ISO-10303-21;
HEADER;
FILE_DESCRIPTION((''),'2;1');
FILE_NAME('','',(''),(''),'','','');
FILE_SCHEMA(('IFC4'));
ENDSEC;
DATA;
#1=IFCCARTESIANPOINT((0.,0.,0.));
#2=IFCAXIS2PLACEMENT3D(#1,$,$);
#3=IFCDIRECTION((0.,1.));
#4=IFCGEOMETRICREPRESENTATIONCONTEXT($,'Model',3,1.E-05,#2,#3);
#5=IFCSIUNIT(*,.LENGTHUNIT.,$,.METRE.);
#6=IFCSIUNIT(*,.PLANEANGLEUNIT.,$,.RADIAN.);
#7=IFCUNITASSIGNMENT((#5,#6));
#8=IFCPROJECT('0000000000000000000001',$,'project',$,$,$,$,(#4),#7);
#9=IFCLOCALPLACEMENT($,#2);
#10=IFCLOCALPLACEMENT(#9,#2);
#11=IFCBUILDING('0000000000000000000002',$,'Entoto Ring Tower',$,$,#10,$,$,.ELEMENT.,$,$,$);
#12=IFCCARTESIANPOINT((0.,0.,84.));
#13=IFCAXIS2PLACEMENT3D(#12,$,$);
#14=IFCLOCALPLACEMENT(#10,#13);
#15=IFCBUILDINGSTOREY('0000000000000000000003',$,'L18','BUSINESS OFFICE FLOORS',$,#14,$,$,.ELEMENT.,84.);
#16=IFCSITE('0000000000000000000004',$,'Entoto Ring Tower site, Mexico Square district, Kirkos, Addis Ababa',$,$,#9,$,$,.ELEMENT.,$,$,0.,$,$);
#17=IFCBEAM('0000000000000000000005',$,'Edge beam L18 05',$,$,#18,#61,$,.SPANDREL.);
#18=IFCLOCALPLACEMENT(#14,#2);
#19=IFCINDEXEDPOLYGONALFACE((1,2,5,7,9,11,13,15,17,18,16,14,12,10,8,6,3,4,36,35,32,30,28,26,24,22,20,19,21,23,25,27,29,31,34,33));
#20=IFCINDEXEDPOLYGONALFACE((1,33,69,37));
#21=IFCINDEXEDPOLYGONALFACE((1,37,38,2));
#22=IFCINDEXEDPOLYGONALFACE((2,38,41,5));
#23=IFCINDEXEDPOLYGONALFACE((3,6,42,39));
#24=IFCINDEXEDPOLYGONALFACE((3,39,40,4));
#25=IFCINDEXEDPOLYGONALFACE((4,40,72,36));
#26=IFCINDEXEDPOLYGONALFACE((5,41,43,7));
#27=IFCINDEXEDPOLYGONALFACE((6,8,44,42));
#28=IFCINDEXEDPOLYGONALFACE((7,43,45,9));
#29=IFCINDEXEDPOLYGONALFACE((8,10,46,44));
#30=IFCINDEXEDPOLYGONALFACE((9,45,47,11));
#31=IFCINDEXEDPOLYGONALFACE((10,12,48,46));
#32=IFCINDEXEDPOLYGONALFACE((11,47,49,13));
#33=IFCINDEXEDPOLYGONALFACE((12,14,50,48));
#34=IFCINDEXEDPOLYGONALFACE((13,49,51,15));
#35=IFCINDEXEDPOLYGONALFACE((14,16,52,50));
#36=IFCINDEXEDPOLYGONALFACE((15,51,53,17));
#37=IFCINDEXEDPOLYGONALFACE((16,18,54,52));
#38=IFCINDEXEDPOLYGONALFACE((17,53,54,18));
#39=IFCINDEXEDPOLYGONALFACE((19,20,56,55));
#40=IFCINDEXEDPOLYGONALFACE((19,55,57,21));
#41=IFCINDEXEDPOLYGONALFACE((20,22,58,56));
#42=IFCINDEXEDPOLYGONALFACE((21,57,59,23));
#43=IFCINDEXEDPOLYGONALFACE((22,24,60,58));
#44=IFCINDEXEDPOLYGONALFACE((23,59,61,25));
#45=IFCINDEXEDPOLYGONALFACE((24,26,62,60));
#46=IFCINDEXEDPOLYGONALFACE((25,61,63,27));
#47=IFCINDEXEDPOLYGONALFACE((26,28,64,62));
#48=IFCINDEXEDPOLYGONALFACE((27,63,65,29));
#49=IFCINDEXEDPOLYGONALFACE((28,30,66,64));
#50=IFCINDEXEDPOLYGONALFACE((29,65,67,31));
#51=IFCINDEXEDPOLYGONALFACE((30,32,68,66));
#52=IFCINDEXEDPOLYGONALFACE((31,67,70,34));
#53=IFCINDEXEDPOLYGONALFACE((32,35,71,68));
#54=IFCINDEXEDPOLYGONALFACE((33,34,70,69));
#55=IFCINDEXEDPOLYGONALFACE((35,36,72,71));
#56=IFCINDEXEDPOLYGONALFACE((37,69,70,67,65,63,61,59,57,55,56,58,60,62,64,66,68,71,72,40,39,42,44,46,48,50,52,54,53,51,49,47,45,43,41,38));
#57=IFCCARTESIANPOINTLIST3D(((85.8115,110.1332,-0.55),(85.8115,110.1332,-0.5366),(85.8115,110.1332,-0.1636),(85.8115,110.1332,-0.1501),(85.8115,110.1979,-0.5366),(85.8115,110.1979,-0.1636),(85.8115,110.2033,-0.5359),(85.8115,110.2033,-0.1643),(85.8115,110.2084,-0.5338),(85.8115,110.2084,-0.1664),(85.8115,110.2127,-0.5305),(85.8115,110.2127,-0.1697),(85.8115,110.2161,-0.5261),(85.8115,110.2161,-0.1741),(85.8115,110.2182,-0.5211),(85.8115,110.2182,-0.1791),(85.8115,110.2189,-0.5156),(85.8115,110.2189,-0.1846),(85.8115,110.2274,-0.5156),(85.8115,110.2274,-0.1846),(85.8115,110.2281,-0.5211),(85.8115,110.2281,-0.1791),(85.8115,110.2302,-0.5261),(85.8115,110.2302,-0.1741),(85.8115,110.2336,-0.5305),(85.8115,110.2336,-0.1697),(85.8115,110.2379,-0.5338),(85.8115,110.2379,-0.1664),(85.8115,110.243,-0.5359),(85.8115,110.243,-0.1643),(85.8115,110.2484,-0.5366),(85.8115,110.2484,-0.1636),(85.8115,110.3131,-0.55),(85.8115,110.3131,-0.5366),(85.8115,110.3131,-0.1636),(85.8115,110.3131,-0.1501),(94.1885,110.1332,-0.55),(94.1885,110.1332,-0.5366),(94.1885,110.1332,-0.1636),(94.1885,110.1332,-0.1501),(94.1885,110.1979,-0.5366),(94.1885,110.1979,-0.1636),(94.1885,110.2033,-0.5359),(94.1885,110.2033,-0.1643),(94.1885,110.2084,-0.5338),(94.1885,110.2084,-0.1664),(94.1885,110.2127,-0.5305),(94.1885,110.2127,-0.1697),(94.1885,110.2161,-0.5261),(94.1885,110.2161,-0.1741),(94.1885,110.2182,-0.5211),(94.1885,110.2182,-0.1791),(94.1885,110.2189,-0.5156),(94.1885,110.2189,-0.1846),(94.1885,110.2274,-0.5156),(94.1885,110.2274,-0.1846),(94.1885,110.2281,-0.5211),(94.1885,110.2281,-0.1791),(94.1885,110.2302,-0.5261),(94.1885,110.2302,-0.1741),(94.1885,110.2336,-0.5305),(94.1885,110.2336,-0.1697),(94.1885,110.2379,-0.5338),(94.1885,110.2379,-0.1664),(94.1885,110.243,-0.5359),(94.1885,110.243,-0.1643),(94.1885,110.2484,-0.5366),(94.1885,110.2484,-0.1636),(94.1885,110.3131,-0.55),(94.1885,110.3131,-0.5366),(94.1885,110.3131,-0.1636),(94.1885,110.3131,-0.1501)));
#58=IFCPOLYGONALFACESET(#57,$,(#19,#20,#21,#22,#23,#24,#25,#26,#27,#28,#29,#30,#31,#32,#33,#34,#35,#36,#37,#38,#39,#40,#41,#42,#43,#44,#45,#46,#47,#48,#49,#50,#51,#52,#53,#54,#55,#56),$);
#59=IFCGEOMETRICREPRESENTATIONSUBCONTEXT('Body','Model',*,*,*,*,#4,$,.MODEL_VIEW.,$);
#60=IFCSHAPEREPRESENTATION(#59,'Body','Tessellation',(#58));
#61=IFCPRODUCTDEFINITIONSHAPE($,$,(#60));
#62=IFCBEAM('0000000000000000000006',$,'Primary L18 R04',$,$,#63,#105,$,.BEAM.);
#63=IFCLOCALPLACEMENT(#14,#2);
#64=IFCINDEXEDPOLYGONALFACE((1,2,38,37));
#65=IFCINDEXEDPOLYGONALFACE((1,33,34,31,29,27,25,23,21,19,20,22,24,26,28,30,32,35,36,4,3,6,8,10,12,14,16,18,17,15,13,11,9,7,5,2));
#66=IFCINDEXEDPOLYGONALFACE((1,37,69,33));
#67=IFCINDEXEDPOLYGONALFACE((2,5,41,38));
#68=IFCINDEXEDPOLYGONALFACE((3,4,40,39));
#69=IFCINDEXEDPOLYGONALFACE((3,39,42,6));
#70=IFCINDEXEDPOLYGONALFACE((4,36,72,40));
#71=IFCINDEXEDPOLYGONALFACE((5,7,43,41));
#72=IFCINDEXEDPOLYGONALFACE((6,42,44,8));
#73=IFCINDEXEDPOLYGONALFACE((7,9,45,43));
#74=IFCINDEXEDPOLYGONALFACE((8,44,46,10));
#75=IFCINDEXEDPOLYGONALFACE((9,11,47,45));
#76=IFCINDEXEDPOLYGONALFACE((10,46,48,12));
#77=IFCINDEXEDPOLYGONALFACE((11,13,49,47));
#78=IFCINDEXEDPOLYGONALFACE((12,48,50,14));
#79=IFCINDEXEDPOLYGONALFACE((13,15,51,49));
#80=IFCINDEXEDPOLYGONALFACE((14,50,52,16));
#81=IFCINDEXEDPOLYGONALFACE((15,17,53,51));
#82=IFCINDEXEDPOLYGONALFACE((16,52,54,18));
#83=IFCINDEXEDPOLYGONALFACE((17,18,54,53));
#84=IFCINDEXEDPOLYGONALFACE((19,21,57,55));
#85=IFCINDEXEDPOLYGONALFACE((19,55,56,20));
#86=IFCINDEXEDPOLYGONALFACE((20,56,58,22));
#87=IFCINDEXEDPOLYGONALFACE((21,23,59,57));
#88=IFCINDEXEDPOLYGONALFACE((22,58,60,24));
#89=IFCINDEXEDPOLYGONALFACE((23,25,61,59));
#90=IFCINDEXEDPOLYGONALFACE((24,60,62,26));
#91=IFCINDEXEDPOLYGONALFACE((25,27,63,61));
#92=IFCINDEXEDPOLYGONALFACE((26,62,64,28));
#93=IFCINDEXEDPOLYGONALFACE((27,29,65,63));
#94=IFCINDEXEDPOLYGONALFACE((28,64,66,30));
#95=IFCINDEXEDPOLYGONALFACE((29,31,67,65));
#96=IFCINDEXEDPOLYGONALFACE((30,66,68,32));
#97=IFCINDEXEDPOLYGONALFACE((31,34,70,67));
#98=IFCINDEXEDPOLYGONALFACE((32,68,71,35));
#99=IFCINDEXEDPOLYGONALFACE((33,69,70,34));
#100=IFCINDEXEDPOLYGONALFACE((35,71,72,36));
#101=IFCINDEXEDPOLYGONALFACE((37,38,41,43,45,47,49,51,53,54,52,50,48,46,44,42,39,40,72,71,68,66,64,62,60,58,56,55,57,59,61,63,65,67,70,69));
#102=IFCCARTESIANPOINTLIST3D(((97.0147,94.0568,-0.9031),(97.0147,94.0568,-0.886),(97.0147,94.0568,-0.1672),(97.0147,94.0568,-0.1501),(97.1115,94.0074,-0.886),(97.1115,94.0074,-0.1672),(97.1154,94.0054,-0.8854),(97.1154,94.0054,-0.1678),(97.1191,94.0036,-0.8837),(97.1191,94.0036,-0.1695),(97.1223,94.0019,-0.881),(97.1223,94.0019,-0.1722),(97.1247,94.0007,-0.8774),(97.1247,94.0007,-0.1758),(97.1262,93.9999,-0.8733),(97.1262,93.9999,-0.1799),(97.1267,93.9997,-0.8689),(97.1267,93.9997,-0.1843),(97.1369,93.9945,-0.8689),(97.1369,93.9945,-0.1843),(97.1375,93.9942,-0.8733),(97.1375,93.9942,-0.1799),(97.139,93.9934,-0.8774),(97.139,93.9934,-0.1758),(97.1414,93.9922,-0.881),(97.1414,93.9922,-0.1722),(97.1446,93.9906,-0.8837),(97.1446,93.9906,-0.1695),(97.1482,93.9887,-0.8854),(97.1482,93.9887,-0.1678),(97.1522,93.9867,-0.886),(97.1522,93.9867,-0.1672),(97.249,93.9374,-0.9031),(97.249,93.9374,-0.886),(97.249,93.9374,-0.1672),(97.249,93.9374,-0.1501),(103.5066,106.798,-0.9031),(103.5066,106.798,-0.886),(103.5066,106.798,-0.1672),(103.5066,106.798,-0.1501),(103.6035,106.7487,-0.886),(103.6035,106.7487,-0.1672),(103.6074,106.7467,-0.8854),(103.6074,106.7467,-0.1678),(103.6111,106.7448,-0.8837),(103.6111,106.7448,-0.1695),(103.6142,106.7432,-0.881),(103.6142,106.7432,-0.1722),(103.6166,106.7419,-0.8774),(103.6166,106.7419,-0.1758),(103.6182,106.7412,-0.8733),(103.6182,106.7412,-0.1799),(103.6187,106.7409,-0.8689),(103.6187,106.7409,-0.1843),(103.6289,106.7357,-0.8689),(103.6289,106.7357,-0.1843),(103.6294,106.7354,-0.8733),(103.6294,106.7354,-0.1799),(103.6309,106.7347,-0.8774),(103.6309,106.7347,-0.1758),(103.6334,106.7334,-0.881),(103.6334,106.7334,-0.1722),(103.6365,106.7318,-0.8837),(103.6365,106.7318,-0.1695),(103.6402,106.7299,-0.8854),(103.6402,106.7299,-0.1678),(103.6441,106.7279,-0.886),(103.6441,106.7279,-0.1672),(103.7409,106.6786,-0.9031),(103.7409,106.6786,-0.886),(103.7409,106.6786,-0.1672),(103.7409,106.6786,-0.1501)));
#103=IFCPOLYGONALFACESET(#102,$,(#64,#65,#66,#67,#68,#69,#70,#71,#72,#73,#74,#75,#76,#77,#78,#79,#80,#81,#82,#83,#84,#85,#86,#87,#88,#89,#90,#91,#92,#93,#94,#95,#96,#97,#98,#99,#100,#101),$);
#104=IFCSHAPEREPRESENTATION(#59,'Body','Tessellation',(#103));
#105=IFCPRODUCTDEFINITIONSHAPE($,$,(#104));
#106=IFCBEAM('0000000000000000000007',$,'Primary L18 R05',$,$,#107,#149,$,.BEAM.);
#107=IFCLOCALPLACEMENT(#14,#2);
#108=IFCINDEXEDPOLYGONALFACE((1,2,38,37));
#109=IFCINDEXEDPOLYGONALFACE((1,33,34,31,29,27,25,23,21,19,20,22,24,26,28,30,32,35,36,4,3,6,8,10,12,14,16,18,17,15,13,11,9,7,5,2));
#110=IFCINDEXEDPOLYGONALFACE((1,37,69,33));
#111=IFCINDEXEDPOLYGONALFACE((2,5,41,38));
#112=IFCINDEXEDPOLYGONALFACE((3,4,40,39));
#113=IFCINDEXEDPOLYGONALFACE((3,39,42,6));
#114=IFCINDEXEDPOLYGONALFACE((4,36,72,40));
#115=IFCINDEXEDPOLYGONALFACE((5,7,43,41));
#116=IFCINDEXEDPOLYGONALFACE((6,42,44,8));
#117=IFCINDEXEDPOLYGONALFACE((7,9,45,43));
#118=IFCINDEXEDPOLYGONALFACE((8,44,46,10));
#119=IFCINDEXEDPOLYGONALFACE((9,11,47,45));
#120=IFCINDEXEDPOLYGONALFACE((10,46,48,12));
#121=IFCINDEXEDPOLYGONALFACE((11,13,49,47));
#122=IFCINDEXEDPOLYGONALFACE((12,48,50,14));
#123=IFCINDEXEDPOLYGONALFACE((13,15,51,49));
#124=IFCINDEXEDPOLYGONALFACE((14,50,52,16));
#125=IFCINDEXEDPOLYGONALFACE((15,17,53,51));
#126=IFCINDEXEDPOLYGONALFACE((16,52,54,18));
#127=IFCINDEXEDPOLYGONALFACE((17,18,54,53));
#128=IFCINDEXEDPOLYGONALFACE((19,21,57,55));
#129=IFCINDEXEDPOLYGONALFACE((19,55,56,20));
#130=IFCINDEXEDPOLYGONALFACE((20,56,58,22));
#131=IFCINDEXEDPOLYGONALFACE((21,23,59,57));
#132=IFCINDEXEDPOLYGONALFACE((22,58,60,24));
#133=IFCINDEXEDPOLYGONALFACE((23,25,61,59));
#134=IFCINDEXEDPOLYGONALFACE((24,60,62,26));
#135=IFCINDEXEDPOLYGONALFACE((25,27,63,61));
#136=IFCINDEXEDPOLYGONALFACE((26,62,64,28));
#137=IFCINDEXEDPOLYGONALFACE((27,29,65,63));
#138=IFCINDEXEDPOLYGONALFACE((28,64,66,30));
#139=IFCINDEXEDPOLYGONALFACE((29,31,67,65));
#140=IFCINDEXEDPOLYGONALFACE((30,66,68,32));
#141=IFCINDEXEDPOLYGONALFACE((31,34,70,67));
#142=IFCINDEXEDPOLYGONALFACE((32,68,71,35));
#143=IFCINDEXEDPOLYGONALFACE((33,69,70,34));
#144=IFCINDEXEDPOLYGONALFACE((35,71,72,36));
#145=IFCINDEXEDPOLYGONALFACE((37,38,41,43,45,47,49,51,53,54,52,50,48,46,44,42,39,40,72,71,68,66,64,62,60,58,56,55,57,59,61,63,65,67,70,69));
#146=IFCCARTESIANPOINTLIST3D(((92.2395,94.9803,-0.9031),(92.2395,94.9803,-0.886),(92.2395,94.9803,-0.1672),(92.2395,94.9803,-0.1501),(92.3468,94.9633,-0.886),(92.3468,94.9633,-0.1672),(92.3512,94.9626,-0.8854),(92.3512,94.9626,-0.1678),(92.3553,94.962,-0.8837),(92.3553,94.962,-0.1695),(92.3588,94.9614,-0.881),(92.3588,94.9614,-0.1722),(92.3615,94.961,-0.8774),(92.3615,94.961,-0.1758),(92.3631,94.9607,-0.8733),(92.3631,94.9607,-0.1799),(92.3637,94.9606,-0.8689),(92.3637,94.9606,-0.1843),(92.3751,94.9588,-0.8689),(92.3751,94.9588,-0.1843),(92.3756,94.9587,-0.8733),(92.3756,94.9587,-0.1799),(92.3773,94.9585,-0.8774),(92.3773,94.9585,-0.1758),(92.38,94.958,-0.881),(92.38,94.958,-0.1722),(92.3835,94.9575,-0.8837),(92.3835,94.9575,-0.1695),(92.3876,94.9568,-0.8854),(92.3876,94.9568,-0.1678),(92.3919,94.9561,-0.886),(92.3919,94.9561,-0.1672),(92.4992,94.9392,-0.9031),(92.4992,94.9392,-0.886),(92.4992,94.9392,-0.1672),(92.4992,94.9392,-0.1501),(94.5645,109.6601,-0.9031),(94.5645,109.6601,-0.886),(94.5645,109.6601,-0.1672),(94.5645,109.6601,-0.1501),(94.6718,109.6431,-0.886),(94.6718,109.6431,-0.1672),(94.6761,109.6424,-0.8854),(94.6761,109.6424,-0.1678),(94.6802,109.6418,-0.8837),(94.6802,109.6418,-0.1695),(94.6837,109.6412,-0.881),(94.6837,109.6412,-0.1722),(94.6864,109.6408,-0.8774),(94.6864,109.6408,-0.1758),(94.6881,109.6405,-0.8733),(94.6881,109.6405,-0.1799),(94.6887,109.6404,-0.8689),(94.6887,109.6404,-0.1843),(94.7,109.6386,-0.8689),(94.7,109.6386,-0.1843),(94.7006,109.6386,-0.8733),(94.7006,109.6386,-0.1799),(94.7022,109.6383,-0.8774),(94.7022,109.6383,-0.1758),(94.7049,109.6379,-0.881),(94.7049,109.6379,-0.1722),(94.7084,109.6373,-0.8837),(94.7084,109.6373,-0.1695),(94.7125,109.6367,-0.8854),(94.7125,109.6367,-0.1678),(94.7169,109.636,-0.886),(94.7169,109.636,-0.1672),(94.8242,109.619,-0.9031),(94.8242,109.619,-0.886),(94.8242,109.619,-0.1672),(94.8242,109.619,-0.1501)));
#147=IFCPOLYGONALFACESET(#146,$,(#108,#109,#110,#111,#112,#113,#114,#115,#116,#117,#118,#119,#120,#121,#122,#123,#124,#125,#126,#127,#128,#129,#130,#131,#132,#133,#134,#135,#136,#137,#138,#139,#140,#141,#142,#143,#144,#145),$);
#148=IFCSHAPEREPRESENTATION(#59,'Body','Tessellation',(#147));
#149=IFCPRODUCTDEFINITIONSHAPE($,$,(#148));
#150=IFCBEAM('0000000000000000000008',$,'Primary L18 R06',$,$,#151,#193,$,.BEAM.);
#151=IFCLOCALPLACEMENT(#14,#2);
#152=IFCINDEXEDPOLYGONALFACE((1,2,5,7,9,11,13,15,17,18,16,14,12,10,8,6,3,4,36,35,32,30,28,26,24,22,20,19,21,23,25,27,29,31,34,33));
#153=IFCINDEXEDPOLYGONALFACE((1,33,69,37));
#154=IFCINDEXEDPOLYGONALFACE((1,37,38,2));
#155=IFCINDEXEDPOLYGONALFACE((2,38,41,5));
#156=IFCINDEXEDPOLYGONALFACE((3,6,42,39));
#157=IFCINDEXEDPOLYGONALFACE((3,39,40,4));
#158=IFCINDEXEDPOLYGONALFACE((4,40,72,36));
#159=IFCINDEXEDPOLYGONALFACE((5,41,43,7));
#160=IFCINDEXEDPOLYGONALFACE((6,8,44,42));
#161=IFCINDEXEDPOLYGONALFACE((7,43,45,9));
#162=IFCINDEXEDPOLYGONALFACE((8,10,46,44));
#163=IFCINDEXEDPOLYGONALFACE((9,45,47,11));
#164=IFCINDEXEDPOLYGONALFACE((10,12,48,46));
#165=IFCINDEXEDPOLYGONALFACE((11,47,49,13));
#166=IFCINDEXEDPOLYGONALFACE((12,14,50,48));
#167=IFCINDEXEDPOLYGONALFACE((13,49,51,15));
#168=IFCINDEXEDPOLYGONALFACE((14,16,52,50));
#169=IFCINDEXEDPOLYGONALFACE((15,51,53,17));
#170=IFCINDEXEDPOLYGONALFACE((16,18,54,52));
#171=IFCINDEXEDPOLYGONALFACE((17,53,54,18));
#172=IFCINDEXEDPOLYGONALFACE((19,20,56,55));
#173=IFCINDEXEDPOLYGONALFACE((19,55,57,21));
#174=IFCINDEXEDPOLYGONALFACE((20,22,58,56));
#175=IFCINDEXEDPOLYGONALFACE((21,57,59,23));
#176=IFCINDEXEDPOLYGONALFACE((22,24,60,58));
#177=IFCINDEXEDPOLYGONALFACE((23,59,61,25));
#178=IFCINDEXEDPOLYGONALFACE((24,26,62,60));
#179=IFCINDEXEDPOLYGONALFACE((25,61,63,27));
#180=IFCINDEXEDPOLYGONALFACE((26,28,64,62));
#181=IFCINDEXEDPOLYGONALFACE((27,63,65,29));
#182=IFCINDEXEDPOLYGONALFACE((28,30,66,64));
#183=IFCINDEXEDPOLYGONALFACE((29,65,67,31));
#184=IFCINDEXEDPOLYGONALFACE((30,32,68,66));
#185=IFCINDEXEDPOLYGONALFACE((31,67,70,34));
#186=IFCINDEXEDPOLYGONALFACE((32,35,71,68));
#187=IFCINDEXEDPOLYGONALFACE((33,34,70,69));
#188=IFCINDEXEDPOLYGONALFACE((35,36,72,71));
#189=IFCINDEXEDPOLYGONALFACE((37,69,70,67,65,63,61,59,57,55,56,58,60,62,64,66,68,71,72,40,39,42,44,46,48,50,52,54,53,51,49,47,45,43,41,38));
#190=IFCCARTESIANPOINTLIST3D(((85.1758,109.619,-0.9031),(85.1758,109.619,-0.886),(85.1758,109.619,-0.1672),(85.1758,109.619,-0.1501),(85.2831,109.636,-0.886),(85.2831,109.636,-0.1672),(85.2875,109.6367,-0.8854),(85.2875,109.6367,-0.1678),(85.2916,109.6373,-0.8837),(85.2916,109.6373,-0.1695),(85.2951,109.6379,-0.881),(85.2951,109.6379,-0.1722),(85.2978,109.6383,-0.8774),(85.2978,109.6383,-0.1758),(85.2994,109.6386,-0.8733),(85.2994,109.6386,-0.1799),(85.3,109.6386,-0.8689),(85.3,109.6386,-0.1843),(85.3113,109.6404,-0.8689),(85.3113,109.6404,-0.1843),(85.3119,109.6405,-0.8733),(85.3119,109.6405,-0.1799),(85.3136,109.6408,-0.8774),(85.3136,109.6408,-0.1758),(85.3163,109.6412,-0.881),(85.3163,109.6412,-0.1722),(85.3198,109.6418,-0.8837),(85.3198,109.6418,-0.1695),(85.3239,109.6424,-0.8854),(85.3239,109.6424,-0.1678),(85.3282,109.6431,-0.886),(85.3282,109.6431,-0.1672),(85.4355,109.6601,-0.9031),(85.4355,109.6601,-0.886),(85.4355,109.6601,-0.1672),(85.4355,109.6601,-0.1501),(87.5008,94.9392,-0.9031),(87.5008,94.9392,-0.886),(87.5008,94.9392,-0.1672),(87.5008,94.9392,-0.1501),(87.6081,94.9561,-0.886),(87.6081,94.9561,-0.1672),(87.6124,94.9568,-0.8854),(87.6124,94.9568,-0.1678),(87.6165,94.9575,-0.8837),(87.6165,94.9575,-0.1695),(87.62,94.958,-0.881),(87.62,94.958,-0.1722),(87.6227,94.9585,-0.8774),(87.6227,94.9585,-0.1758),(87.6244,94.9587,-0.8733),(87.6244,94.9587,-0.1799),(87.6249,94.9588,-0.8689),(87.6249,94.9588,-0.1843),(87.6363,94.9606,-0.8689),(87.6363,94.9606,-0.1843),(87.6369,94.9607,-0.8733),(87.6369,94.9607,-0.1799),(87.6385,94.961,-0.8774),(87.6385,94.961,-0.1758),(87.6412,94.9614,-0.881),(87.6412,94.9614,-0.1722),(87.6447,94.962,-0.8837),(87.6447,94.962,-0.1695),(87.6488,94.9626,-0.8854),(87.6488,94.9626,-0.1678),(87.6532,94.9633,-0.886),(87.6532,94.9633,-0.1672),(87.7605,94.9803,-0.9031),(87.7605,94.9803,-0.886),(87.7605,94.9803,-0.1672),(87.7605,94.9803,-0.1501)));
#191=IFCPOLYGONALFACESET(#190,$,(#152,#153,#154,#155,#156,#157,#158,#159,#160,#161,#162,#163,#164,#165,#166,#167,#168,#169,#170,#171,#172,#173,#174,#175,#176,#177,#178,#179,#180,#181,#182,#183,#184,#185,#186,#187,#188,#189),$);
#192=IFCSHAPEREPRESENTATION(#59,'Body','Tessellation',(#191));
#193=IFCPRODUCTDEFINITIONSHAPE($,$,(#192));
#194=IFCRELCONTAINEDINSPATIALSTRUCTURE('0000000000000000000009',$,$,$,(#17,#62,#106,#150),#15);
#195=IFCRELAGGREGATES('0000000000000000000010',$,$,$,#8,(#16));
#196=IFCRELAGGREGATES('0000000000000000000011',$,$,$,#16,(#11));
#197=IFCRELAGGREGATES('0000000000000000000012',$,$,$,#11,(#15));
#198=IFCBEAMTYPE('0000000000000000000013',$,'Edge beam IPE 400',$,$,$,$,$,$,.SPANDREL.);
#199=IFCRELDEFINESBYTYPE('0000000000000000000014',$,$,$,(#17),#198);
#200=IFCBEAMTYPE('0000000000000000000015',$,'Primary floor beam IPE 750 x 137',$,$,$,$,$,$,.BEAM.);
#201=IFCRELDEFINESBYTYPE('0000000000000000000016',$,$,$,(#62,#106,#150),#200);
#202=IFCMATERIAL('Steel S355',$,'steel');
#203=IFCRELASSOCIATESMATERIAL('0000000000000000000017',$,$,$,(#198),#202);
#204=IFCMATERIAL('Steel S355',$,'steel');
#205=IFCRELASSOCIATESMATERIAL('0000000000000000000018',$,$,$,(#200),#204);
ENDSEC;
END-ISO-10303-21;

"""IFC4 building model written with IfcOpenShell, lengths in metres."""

from ifc_helpers import new_model, si_unit, direction, frame, origin, origin_2d, place, context, subcontext, project, spatial, i_section, extrude, material, material_profile, profile_set, type_object, element, save


model = new_model("IFC4")

# Units and contexts
model_context = context("Model", 3, precision=1e-05, world=origin(), true_north=direction((0.0, 1.0)))
body_context = subcontext(model_context, "Body", "Model", "MODEL_VIEW")
ifc_project = project(units=[si_unit("LENGTHUNIT", "METRE"), si_unit("PLANEANGLEUNIT", "RADIAN")], contexts=[model_context])

# Site, building, storey
site_placement = place(None, origin())
site = spatial("IfcSite", under=ifc_project, at=site_placement, Name="Entoto Ring Tower site, Mexico Square district, Kirkos, Addis Ababa", CompositionType="ELEMENT", RefElevation=0.0)
building_placement = place(site_placement, origin())
building = spatial("IfcBuilding", under=site, at=building_placement, Name="Entoto Ring Tower", CompositionType="ELEMENT")
storey_placement = place(building_placement, frame((0.0, 0.0, 84.0)))
storey = spatial("IfcBuildingStorey", under=building, at=storey_placement, Name="L18", Description="BUSINESS OFFICE FLOORS", CompositionType="ELEMENT", Elevation=84.0)

# Beams
ifc_material_1 = material(Name="Steel S355", Category="steel")
ifc_material_profile_1 = material_profile(ifc_material_1, i_section(OverallWidth=0.1799, OverallDepth=0.3999, WebThickness=0.0085, FlangeThickness=0.0134, FilletRadius=0.021, at=origin_2d()), Name="IPE 400")
ifc_profile_set_1 = profile_set([ifc_material_profile_1], Name="Steel S355")
beam_type_1 = type_object("IfcBeamType", Name="Edge beam IPE 400", PredefinedType="SPANDREL", material=ifc_profile_set_1)
beam_1_placement = place(storey_placement, frame((94.1885, 110.2231, -0.3501), z_axis=(-1.0, 0.0, 0.0), x_axis=(0.0, -1.0, 0.0)))
element("IfcBeam", 1, at=beam_1_placement, inside=storey, type_object=beam_type_1, Name="Edge beam L18 05", PredefinedType="SPANDREL", context=body_context, shape_type="SweptSolid", body=[
    extrude(i_section(OverallWidth=0.1799, OverallDepth=0.3999, WebThickness=0.0085, FlangeThickness=0.0134, FilletRadius=0.021, at=origin_2d()), origin(), (0.0, 0.0, 1.0), 8.377),
])
ifc_material_2 = material(Name="Steel S355", Category="steel")
ifc_material_profile_2 = material_profile(ifc_material_2, i_section(OverallWidth=0.2629, OverallDepth=0.7529, WebThickness=0.0115, FlangeThickness=0.0171, FilletRadius=0.0171, at=origin_2d()), Name="IPE 750 x 137")
ifc_profile_set_2 = profile_set([ifc_material_profile_2], Name="Steel S355")
beam_type_2 = type_object("IfcBeamType", Name="Primary floor beam IPE 750 x 137", PredefinedType="BEAM", material=ifc_profile_set_2)
beam_2_placement = place(storey_placement, frame((97.1318, 93.9971, -0.5266), z_axis=(0.453989, 0.891007, 0.0), x_axis=(-0.891007, 0.453989, 0.0)))
element("IfcBeam", 2, at=beam_2_placement, inside=storey, type_object=beam_type_2, Name="Primary L18 R04", PredefinedType="BEAM", context=body_context, shape_type="SweptSolid", body=[
    extrude(i_section(OverallWidth=0.2629, OverallDepth=0.7529, WebThickness=0.0115, FlangeThickness=0.0171, FilletRadius=0.0171, at=origin_2d()), origin(), (0.0, 0.0, 1.0), 14.2998),
])
for number, where, z_axis, x_axis, name in (
    (3, (92.3694, 94.9597, -0.5266), (0.156426, 0.98769, 0.0), (-0.98769, 0.156426, 0.0), "Primary L18 R05"),
    (4, (87.6306, 94.9597, -0.5266), (-0.156426, 0.98769, 0.0), (-0.98769, -0.156426, 0.0), "Primary L18 R06"),
):
    element("IfcBeam", number, at=place(storey_placement, frame(where, z_axis=z_axis, x_axis=x_axis)), inside=storey, type_object=beam_type_2, Name=name, PredefinedType="BEAM", context=body_context, shape_type="SweptSolid", body=[
        extrude(i_section(OverallWidth=0.2629, OverallDepth=0.7529, WebThickness=0.0115, FlangeThickness=0.0171, FilletRadius=0.0171, at=origin_2d()), origin(), (0.0, 0.0, 1.0), 14.8628),
    ])

save(model, "model.ifc")
